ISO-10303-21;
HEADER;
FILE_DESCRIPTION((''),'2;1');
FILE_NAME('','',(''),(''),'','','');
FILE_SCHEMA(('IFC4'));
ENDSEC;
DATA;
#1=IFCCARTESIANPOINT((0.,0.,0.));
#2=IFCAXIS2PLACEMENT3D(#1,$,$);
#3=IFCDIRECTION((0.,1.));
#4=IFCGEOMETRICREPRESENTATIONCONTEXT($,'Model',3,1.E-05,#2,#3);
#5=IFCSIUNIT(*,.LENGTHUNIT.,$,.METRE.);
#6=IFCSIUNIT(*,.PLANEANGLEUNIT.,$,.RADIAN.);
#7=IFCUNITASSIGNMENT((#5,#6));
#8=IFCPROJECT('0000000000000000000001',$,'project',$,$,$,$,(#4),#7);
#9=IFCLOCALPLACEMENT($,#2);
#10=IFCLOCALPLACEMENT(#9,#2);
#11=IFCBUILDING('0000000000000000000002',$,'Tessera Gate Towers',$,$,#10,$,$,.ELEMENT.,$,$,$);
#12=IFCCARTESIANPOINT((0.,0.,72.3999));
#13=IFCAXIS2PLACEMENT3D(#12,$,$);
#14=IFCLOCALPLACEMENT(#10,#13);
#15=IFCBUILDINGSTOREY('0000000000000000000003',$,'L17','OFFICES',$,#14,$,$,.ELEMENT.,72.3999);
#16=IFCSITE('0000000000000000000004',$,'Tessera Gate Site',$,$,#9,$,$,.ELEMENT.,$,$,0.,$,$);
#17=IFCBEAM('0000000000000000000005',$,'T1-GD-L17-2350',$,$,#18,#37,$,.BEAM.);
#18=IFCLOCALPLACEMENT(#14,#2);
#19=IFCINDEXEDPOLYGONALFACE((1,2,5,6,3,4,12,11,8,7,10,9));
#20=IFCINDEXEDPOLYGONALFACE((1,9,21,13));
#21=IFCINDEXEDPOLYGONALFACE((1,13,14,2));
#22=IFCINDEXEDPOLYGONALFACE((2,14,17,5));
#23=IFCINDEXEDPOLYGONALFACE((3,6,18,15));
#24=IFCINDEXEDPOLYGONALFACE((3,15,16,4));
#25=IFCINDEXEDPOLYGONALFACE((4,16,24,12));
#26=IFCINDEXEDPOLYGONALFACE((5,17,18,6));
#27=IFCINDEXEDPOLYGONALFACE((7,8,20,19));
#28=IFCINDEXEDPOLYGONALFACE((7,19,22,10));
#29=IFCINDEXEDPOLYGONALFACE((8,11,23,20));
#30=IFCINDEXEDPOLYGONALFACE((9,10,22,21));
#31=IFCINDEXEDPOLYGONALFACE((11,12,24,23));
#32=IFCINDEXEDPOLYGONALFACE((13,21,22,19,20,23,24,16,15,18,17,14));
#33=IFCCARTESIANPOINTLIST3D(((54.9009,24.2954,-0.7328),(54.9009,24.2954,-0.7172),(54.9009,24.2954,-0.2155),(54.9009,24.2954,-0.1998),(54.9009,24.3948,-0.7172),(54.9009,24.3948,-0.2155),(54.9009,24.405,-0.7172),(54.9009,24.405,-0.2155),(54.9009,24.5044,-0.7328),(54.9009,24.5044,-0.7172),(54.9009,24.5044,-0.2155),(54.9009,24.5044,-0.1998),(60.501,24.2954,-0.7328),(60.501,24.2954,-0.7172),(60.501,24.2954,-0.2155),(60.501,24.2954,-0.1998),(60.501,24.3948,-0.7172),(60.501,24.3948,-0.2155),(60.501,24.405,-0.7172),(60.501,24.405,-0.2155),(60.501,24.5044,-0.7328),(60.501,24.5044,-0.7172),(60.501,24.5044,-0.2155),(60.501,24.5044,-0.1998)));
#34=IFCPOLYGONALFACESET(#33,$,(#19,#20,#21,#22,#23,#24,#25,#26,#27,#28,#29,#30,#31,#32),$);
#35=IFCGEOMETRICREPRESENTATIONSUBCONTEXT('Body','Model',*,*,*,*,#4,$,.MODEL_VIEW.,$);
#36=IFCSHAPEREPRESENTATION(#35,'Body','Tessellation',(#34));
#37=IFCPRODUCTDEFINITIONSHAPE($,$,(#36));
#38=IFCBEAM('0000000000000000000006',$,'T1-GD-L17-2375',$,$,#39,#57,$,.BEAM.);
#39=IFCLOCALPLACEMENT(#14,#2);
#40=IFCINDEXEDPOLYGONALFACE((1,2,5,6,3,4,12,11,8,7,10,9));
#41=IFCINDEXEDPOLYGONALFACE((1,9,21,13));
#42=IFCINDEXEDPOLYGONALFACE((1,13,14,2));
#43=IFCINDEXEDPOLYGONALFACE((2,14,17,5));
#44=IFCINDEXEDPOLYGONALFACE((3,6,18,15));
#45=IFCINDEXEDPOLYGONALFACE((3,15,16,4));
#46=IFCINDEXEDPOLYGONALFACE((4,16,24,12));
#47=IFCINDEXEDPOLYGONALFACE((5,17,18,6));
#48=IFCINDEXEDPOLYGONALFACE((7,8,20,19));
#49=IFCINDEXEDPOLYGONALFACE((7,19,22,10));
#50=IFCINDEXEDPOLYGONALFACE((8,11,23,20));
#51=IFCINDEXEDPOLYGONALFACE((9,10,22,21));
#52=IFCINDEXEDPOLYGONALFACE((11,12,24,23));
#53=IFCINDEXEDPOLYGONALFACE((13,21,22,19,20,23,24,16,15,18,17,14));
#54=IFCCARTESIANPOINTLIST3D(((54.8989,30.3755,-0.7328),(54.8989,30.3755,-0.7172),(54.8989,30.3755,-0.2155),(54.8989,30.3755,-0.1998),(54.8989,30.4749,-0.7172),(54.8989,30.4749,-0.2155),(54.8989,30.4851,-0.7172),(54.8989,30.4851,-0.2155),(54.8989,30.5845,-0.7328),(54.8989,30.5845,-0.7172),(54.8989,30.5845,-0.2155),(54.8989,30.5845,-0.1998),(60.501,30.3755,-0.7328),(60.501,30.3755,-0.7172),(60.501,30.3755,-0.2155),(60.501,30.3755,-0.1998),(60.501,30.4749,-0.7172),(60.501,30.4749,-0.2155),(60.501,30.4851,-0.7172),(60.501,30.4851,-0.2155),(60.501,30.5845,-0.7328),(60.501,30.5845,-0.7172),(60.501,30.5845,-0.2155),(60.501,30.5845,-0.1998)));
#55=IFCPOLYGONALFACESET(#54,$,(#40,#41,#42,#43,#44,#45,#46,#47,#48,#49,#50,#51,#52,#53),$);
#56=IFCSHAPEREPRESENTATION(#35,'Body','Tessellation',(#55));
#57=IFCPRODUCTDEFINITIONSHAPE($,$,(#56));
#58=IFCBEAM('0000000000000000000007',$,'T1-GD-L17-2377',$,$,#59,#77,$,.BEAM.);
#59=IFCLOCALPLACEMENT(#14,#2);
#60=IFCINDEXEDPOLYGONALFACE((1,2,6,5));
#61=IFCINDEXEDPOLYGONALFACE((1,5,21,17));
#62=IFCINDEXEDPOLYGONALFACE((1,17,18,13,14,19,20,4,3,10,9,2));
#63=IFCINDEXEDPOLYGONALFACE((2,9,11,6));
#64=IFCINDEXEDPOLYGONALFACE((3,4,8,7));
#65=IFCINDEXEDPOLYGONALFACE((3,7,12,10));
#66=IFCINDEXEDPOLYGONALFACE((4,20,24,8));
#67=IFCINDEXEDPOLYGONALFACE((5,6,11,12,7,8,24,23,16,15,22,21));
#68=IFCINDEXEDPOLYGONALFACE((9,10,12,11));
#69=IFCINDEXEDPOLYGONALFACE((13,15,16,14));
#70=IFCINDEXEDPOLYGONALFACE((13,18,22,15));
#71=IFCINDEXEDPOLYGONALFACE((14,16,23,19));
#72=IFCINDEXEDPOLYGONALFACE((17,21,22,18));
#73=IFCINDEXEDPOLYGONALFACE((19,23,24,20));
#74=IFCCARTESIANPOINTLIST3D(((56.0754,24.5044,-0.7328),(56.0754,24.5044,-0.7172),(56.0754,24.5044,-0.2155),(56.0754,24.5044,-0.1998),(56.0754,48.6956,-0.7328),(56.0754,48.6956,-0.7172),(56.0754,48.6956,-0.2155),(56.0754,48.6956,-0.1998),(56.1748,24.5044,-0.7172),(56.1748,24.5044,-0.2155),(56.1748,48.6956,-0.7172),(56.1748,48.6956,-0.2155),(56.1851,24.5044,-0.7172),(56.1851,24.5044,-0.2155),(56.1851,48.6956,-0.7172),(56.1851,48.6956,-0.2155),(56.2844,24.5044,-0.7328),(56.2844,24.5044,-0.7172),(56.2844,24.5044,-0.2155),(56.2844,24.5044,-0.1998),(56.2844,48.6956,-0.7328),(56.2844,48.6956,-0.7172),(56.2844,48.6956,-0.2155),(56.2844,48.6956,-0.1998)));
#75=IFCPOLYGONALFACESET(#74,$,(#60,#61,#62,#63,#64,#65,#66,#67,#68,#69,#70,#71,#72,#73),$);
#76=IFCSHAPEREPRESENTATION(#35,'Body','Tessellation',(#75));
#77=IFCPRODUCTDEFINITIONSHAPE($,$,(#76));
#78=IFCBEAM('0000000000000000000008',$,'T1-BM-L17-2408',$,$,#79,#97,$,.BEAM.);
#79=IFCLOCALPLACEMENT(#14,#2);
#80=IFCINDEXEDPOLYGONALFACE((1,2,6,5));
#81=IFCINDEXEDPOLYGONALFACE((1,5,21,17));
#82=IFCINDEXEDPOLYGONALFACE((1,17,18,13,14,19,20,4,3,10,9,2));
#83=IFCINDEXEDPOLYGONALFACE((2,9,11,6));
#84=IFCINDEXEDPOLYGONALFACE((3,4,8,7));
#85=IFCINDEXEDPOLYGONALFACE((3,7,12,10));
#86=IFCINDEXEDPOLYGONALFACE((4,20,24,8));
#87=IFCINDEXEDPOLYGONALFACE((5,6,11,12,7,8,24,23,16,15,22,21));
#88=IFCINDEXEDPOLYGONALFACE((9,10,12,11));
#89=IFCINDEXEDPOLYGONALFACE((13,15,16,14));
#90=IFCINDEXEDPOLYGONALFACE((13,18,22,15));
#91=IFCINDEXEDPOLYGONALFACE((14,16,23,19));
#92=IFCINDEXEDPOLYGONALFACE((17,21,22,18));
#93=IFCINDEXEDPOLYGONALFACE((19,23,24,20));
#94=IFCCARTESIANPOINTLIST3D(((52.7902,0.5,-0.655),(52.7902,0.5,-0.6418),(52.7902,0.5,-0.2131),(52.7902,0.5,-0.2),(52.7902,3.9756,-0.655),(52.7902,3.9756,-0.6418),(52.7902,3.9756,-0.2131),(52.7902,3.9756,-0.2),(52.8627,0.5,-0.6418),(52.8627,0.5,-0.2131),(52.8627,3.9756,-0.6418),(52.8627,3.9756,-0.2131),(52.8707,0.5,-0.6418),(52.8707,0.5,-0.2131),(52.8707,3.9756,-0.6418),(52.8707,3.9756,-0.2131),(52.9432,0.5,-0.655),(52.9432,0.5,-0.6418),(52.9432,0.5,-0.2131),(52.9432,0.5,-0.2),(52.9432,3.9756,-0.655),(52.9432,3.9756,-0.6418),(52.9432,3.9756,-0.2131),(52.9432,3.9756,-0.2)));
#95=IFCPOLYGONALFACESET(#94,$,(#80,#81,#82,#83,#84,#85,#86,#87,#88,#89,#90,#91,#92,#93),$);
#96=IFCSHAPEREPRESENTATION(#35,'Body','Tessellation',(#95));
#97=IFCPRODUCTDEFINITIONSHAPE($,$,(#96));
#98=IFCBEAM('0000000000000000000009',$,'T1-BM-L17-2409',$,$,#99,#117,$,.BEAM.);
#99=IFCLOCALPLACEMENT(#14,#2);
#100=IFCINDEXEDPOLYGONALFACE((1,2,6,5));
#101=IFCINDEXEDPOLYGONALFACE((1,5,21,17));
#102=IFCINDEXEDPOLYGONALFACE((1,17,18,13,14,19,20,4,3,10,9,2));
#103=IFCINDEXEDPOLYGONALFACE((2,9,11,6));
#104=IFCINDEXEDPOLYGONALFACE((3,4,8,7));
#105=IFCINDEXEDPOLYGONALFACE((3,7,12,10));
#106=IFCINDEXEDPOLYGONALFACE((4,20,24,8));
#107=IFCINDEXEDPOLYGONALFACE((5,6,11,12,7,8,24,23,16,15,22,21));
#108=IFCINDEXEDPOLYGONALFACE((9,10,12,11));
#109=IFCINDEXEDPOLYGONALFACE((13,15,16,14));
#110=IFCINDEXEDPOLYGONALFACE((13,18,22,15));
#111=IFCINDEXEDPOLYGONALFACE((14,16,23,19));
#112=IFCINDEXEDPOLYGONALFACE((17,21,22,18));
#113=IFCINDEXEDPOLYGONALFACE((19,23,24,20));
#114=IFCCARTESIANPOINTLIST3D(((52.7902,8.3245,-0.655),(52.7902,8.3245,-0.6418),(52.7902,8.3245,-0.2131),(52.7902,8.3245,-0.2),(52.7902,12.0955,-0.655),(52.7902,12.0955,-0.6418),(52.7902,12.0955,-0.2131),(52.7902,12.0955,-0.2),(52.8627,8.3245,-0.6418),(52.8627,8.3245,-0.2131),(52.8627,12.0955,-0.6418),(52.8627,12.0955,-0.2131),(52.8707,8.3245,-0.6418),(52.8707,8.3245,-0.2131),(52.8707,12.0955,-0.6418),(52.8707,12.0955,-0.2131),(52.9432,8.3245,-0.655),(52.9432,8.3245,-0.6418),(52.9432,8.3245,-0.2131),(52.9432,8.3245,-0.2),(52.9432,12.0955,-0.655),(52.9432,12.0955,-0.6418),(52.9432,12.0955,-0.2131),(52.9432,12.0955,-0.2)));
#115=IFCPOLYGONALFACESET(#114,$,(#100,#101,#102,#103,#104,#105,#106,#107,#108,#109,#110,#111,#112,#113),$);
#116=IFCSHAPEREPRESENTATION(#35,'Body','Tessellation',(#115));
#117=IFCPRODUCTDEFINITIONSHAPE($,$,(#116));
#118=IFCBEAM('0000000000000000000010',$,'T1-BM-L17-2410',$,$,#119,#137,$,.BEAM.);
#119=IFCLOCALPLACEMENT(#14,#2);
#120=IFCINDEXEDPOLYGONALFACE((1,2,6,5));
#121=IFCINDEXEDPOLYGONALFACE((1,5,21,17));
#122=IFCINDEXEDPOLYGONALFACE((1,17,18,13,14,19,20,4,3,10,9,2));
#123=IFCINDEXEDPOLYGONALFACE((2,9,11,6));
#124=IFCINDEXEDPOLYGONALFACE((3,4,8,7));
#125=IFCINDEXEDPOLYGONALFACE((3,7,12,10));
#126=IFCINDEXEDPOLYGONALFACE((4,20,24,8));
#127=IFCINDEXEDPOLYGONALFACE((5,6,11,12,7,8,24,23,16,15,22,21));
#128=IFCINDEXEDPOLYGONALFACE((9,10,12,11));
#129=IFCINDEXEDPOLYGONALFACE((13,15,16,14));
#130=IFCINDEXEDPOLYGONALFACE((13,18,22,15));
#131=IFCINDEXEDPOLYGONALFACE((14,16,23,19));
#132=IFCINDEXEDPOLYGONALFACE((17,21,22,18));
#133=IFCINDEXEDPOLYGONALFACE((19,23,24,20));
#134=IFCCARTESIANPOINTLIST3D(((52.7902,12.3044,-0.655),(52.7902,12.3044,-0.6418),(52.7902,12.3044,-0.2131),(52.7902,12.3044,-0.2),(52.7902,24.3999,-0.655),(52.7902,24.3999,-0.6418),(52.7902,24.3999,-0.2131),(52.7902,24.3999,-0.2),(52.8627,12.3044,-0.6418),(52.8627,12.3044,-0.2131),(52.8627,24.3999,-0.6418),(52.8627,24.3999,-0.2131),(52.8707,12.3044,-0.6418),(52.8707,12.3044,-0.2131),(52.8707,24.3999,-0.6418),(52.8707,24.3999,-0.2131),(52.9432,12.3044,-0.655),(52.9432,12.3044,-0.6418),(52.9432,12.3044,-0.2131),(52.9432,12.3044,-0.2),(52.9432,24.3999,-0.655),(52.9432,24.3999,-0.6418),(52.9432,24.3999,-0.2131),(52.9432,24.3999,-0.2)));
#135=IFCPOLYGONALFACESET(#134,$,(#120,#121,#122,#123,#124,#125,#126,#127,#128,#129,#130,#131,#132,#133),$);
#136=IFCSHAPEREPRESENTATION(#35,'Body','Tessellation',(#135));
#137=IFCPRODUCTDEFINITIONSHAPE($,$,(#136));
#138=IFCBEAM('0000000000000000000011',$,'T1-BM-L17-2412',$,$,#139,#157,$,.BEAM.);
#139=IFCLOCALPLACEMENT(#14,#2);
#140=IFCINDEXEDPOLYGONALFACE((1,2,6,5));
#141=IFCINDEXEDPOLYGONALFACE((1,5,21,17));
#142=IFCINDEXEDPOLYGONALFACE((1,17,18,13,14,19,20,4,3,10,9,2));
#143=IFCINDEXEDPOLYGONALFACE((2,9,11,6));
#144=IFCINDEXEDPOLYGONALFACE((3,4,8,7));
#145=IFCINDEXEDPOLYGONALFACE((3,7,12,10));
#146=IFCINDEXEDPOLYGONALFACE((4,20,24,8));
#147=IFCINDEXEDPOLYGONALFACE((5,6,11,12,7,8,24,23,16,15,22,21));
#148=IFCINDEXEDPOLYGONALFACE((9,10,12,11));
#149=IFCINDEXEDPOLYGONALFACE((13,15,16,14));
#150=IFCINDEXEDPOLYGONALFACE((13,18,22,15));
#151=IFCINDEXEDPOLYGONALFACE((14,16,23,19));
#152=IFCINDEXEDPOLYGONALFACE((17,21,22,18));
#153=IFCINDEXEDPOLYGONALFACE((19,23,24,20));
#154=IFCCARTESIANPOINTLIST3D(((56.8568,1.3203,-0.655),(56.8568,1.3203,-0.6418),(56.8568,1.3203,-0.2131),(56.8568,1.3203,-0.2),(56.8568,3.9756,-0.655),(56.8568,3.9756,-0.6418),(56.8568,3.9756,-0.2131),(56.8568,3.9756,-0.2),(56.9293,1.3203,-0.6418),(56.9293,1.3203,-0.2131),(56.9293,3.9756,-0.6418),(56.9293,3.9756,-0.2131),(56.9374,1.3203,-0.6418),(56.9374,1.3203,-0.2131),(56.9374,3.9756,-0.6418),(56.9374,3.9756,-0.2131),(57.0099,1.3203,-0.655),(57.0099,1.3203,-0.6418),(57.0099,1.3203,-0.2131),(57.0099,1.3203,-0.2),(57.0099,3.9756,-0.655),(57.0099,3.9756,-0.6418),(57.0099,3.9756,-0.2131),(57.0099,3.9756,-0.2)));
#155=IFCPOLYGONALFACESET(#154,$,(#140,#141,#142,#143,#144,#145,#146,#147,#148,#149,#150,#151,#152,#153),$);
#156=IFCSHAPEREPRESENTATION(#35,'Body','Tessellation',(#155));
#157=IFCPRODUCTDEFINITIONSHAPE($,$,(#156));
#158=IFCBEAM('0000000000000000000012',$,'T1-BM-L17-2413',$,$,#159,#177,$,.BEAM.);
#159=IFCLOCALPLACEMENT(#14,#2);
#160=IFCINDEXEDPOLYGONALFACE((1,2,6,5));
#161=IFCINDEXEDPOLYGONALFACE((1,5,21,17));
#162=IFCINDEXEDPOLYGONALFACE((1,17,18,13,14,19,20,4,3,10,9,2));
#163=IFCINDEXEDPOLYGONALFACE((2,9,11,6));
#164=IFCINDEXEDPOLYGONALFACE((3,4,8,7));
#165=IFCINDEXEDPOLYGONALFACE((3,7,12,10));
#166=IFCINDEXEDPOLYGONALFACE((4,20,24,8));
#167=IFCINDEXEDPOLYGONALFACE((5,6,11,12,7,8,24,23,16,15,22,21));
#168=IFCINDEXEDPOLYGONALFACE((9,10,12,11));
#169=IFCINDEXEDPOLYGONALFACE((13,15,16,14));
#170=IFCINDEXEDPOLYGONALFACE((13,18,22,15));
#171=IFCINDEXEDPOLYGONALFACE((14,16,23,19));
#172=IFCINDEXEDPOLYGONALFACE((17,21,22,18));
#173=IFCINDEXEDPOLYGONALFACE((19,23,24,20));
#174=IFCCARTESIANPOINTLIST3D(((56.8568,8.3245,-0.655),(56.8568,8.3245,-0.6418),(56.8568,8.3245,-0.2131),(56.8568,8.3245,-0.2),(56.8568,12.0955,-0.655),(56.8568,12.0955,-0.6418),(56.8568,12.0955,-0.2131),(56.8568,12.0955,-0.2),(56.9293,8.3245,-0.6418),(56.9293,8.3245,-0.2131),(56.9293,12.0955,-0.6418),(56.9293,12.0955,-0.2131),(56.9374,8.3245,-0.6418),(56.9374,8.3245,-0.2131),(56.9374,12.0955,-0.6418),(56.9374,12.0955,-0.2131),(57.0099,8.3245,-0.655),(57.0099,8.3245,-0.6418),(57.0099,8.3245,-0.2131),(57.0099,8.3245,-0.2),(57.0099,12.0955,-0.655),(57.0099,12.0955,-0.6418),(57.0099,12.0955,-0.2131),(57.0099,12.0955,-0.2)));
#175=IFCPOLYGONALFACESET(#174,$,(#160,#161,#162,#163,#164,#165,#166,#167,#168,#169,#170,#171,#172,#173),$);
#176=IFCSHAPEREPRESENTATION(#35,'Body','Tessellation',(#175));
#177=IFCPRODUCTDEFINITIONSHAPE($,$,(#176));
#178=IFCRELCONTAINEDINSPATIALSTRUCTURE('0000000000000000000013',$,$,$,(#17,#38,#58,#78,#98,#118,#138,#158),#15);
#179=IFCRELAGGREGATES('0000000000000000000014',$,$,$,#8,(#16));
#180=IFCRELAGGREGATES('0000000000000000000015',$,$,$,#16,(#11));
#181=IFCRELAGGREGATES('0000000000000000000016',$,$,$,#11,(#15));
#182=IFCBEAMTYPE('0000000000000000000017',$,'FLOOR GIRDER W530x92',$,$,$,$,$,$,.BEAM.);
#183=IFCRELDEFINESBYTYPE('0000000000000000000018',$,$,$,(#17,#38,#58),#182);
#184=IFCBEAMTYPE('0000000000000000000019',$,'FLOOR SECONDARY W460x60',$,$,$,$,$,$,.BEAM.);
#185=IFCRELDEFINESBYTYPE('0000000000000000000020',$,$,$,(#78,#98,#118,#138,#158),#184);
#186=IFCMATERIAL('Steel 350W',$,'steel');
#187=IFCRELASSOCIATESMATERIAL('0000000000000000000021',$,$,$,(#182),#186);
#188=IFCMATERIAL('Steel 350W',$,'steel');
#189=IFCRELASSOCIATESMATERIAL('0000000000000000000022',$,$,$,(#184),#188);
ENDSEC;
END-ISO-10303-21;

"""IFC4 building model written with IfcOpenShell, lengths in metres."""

from ifc_helpers import new_model, si_unit, direction, frame, origin, origin_2d, place, context, subcontext, project, spatial, i_section, extrude, material, material_profile, profile_set, type_object, element, save


model = new_model("IFC4")

# Units and contexts
model_context = context("Model", 3, precision=1e-05, world=origin(), true_north=direction((0.0, 1.0)))
body_context = subcontext(model_context, "Body", "Model", "MODEL_VIEW")
ifc_project = project(units=[si_unit("LENGTHUNIT", "METRE"), si_unit("PLANEANGLEUNIT", "RADIAN")], contexts=[model_context])

# Site, building, storey
site_placement = place(None, origin())
site = spatial("IfcSite", under=ifc_project, at=site_placement, Name="Tessera Gate Site", CompositionType="ELEMENT", RefElevation=0.0)
building_placement = place(site_placement, origin())
building = spatial("IfcBuilding", under=site, at=building_placement, Name="Tessera Gate Towers", CompositionType="ELEMENT")
storey_placement = place(building_placement, frame((0.0, 0.0, 72.3999)))
storey = spatial("IfcBuildingStorey", under=building, at=storey_placement, Name="L17", Description="OFFICES", CompositionType="ELEMENT", Elevation=72.3999)

# Beams
ifc_material_1 = material(Name="Steel 350W", Category="steel")
ifc_material_profile_1 = material_profile(ifc_material_1, i_section(OverallWidth=0.209, OverallDepth=0.533, WebThickness=0.0103, FlangeThickness=0.0156, at=origin_2d()), Name="W530x92")
ifc_profile_set_1 = profile_set([ifc_material_profile_1], Name="Steel 350W")
beam_type_1 = type_object("IfcBeamType", Name="FLOOR GIRDER W530x92", PredefinedType="BEAM", material=ifc_profile_set_1)
beam_1_placement = place(storey_placement, frame((54.9009, 24.3999, -0.4663), z_axis=(1.0, 0.0, 0.0), x_axis=(0.0, 1.0, 0.0)))
element("IfcBeam", 1, at=beam_1_placement, inside=storey, type_object=beam_type_1, Name="T1-GD-L17-2350", PredefinedType="BEAM", context=body_context, shape_type="SweptSolid", body=[
    extrude(i_section(OverallWidth=0.209, OverallDepth=0.533, WebThickness=0.0103, FlangeThickness=0.0156, at=origin_2d()), origin(), (0.0, 0.0, 1.0), 5.6001),
])
beam_2_placement = place(storey_placement, frame((54.8989, 30.48, -0.4663), z_axis=(1.0, 0.0, 0.0), x_axis=(0.0, 1.0, 0.0)))
element("IfcBeam", 2, at=beam_2_placement, inside=storey, type_object=beam_type_1, Name="T1-GD-L17-2375", PredefinedType="BEAM", context=body_context, shape_type="SweptSolid", body=[
    extrude(i_section(OverallWidth=0.209, OverallDepth=0.533, WebThickness=0.0103, FlangeThickness=0.0156, at=origin_2d()), origin(), (0.0, 0.0, 1.0), 5.6021),
])
beam_3_placement = place(storey_placement, frame((56.1799, 24.5044, -0.4663), z_axis=(0.0, 1.0, 0.0), x_axis=(-1.0, 0.0, 0.0)))
element("IfcBeam", 3, at=beam_3_placement, inside=storey, type_object=beam_type_1, Name="T1-GD-L17-2377", PredefinedType="BEAM", context=body_context, shape_type="SweptSolid", body=[
    extrude(i_section(OverallWidth=0.209, OverallDepth=0.533, WebThickness=0.0103, FlangeThickness=0.0156, at=origin_2d()), origin(), (0.0, 0.0, 1.0), 24.1912),
])
ifc_material_2 = material(Name="Steel 350W", Category="steel")
ifc_material_profile_2 = material_profile(ifc_material_2, i_section(OverallWidth=0.1531, OverallDepth=0.4551, WebThickness=0.0081, FlangeThickness=0.0132, at=origin_2d()), Name="W460x60")
ifc_profile_set_2 = profile_set([ifc_material_profile_2], Name="Steel 350W")
beam_type_2 = type_object("IfcBeamType", Name="FLOOR SECONDARY W460x60", PredefinedType="BEAM", material=ifc_profile_set_2)
beam_4_placement = place(storey_placement, frame((52.8667, 0.5, -0.4275), z_axis=(0.0, 1.0, 0.0), x_axis=(-1.0, 0.0, 0.0)))
element("IfcBeam", 4, at=beam_4_placement, inside=storey, type_object=beam_type_2, Name="T1-BM-L17-2408", PredefinedType="BEAM", context=body_context, shape_type="SweptSolid", body=[
    extrude(i_section(OverallWidth=0.1531, OverallDepth=0.4551, WebThickness=0.0081, FlangeThickness=0.0132, at=origin_2d()), origin(), (0.0, 0.0, 1.0), 3.4756),
])
beam_5_placement = place(storey_placement, frame((52.8667, 8.3245, -0.4275), z_axis=(0.0, 1.0, 0.0), x_axis=(-1.0, 0.0, 0.0)))
element("IfcBeam", 5, at=beam_5_placement, inside=storey, type_object=beam_type_2, Name="T1-BM-L17-2409", PredefinedType="BEAM", context=body_context, shape_type="SweptSolid", body=[
    extrude(i_section(OverallWidth=0.1531, OverallDepth=0.4551, WebThickness=0.0081, FlangeThickness=0.0132, at=origin_2d()), origin(), (0.0, 0.0, 1.0), 3.771),
])
beam_6_placement = place(storey_placement, frame((52.8667, 12.3044, -0.4275), z_axis=(0.0, 1.0, 0.0), x_axis=(-1.0, 0.0, 0.0)))
element("IfcBeam", 6, at=beam_6_placement, inside=storey, type_object=beam_type_2, Name="T1-BM-L17-2410", PredefinedType="BEAM", context=body_context, shape_type="SweptSolid", body=[
    extrude(i_section(OverallWidth=0.1531, OverallDepth=0.4551, WebThickness=0.0081, FlangeThickness=0.0132, at=origin_2d()), origin(), (0.0, 0.0, 1.0), 12.0955),
])
beam_7_placement = place(storey_placement, frame((56.9333, 1.3203, -0.4275), z_axis=(0.0, 1.0, 0.0), x_axis=(-1.0, 0.0, 0.0)))
element("IfcBeam", 7, at=beam_7_placement, inside=storey, type_object=beam_type_2, Name="T1-BM-L17-2412", PredefinedType="BEAM", context=body_context, shape_type="SweptSolid", body=[
    extrude(i_section(OverallWidth=0.1531, OverallDepth=0.4551, WebThickness=0.0081, FlangeThickness=0.0132, at=origin_2d()), origin(), (0.0, 0.0, 1.0), 2.6553),
])
beam_8_placement = place(storey_placement, frame((56.9333, 8.3245, -0.4275), z_axis=(0.0, 1.0, 0.0), x_axis=(-1.0, 0.0, 0.0)))
element("IfcBeam", 8, at=beam_8_placement, inside=storey, type_object=beam_type_2, Name="T1-BM-L17-2413", PredefinedType="BEAM", context=body_context, shape_type="SweptSolid", body=[
    extrude(i_section(OverallWidth=0.1531, OverallDepth=0.4551, WebThickness=0.0081, FlangeThickness=0.0132, at=origin_2d()), origin(), (0.0, 0.0, 1.0), 3.771),
])

save(model, "model.ifc")
